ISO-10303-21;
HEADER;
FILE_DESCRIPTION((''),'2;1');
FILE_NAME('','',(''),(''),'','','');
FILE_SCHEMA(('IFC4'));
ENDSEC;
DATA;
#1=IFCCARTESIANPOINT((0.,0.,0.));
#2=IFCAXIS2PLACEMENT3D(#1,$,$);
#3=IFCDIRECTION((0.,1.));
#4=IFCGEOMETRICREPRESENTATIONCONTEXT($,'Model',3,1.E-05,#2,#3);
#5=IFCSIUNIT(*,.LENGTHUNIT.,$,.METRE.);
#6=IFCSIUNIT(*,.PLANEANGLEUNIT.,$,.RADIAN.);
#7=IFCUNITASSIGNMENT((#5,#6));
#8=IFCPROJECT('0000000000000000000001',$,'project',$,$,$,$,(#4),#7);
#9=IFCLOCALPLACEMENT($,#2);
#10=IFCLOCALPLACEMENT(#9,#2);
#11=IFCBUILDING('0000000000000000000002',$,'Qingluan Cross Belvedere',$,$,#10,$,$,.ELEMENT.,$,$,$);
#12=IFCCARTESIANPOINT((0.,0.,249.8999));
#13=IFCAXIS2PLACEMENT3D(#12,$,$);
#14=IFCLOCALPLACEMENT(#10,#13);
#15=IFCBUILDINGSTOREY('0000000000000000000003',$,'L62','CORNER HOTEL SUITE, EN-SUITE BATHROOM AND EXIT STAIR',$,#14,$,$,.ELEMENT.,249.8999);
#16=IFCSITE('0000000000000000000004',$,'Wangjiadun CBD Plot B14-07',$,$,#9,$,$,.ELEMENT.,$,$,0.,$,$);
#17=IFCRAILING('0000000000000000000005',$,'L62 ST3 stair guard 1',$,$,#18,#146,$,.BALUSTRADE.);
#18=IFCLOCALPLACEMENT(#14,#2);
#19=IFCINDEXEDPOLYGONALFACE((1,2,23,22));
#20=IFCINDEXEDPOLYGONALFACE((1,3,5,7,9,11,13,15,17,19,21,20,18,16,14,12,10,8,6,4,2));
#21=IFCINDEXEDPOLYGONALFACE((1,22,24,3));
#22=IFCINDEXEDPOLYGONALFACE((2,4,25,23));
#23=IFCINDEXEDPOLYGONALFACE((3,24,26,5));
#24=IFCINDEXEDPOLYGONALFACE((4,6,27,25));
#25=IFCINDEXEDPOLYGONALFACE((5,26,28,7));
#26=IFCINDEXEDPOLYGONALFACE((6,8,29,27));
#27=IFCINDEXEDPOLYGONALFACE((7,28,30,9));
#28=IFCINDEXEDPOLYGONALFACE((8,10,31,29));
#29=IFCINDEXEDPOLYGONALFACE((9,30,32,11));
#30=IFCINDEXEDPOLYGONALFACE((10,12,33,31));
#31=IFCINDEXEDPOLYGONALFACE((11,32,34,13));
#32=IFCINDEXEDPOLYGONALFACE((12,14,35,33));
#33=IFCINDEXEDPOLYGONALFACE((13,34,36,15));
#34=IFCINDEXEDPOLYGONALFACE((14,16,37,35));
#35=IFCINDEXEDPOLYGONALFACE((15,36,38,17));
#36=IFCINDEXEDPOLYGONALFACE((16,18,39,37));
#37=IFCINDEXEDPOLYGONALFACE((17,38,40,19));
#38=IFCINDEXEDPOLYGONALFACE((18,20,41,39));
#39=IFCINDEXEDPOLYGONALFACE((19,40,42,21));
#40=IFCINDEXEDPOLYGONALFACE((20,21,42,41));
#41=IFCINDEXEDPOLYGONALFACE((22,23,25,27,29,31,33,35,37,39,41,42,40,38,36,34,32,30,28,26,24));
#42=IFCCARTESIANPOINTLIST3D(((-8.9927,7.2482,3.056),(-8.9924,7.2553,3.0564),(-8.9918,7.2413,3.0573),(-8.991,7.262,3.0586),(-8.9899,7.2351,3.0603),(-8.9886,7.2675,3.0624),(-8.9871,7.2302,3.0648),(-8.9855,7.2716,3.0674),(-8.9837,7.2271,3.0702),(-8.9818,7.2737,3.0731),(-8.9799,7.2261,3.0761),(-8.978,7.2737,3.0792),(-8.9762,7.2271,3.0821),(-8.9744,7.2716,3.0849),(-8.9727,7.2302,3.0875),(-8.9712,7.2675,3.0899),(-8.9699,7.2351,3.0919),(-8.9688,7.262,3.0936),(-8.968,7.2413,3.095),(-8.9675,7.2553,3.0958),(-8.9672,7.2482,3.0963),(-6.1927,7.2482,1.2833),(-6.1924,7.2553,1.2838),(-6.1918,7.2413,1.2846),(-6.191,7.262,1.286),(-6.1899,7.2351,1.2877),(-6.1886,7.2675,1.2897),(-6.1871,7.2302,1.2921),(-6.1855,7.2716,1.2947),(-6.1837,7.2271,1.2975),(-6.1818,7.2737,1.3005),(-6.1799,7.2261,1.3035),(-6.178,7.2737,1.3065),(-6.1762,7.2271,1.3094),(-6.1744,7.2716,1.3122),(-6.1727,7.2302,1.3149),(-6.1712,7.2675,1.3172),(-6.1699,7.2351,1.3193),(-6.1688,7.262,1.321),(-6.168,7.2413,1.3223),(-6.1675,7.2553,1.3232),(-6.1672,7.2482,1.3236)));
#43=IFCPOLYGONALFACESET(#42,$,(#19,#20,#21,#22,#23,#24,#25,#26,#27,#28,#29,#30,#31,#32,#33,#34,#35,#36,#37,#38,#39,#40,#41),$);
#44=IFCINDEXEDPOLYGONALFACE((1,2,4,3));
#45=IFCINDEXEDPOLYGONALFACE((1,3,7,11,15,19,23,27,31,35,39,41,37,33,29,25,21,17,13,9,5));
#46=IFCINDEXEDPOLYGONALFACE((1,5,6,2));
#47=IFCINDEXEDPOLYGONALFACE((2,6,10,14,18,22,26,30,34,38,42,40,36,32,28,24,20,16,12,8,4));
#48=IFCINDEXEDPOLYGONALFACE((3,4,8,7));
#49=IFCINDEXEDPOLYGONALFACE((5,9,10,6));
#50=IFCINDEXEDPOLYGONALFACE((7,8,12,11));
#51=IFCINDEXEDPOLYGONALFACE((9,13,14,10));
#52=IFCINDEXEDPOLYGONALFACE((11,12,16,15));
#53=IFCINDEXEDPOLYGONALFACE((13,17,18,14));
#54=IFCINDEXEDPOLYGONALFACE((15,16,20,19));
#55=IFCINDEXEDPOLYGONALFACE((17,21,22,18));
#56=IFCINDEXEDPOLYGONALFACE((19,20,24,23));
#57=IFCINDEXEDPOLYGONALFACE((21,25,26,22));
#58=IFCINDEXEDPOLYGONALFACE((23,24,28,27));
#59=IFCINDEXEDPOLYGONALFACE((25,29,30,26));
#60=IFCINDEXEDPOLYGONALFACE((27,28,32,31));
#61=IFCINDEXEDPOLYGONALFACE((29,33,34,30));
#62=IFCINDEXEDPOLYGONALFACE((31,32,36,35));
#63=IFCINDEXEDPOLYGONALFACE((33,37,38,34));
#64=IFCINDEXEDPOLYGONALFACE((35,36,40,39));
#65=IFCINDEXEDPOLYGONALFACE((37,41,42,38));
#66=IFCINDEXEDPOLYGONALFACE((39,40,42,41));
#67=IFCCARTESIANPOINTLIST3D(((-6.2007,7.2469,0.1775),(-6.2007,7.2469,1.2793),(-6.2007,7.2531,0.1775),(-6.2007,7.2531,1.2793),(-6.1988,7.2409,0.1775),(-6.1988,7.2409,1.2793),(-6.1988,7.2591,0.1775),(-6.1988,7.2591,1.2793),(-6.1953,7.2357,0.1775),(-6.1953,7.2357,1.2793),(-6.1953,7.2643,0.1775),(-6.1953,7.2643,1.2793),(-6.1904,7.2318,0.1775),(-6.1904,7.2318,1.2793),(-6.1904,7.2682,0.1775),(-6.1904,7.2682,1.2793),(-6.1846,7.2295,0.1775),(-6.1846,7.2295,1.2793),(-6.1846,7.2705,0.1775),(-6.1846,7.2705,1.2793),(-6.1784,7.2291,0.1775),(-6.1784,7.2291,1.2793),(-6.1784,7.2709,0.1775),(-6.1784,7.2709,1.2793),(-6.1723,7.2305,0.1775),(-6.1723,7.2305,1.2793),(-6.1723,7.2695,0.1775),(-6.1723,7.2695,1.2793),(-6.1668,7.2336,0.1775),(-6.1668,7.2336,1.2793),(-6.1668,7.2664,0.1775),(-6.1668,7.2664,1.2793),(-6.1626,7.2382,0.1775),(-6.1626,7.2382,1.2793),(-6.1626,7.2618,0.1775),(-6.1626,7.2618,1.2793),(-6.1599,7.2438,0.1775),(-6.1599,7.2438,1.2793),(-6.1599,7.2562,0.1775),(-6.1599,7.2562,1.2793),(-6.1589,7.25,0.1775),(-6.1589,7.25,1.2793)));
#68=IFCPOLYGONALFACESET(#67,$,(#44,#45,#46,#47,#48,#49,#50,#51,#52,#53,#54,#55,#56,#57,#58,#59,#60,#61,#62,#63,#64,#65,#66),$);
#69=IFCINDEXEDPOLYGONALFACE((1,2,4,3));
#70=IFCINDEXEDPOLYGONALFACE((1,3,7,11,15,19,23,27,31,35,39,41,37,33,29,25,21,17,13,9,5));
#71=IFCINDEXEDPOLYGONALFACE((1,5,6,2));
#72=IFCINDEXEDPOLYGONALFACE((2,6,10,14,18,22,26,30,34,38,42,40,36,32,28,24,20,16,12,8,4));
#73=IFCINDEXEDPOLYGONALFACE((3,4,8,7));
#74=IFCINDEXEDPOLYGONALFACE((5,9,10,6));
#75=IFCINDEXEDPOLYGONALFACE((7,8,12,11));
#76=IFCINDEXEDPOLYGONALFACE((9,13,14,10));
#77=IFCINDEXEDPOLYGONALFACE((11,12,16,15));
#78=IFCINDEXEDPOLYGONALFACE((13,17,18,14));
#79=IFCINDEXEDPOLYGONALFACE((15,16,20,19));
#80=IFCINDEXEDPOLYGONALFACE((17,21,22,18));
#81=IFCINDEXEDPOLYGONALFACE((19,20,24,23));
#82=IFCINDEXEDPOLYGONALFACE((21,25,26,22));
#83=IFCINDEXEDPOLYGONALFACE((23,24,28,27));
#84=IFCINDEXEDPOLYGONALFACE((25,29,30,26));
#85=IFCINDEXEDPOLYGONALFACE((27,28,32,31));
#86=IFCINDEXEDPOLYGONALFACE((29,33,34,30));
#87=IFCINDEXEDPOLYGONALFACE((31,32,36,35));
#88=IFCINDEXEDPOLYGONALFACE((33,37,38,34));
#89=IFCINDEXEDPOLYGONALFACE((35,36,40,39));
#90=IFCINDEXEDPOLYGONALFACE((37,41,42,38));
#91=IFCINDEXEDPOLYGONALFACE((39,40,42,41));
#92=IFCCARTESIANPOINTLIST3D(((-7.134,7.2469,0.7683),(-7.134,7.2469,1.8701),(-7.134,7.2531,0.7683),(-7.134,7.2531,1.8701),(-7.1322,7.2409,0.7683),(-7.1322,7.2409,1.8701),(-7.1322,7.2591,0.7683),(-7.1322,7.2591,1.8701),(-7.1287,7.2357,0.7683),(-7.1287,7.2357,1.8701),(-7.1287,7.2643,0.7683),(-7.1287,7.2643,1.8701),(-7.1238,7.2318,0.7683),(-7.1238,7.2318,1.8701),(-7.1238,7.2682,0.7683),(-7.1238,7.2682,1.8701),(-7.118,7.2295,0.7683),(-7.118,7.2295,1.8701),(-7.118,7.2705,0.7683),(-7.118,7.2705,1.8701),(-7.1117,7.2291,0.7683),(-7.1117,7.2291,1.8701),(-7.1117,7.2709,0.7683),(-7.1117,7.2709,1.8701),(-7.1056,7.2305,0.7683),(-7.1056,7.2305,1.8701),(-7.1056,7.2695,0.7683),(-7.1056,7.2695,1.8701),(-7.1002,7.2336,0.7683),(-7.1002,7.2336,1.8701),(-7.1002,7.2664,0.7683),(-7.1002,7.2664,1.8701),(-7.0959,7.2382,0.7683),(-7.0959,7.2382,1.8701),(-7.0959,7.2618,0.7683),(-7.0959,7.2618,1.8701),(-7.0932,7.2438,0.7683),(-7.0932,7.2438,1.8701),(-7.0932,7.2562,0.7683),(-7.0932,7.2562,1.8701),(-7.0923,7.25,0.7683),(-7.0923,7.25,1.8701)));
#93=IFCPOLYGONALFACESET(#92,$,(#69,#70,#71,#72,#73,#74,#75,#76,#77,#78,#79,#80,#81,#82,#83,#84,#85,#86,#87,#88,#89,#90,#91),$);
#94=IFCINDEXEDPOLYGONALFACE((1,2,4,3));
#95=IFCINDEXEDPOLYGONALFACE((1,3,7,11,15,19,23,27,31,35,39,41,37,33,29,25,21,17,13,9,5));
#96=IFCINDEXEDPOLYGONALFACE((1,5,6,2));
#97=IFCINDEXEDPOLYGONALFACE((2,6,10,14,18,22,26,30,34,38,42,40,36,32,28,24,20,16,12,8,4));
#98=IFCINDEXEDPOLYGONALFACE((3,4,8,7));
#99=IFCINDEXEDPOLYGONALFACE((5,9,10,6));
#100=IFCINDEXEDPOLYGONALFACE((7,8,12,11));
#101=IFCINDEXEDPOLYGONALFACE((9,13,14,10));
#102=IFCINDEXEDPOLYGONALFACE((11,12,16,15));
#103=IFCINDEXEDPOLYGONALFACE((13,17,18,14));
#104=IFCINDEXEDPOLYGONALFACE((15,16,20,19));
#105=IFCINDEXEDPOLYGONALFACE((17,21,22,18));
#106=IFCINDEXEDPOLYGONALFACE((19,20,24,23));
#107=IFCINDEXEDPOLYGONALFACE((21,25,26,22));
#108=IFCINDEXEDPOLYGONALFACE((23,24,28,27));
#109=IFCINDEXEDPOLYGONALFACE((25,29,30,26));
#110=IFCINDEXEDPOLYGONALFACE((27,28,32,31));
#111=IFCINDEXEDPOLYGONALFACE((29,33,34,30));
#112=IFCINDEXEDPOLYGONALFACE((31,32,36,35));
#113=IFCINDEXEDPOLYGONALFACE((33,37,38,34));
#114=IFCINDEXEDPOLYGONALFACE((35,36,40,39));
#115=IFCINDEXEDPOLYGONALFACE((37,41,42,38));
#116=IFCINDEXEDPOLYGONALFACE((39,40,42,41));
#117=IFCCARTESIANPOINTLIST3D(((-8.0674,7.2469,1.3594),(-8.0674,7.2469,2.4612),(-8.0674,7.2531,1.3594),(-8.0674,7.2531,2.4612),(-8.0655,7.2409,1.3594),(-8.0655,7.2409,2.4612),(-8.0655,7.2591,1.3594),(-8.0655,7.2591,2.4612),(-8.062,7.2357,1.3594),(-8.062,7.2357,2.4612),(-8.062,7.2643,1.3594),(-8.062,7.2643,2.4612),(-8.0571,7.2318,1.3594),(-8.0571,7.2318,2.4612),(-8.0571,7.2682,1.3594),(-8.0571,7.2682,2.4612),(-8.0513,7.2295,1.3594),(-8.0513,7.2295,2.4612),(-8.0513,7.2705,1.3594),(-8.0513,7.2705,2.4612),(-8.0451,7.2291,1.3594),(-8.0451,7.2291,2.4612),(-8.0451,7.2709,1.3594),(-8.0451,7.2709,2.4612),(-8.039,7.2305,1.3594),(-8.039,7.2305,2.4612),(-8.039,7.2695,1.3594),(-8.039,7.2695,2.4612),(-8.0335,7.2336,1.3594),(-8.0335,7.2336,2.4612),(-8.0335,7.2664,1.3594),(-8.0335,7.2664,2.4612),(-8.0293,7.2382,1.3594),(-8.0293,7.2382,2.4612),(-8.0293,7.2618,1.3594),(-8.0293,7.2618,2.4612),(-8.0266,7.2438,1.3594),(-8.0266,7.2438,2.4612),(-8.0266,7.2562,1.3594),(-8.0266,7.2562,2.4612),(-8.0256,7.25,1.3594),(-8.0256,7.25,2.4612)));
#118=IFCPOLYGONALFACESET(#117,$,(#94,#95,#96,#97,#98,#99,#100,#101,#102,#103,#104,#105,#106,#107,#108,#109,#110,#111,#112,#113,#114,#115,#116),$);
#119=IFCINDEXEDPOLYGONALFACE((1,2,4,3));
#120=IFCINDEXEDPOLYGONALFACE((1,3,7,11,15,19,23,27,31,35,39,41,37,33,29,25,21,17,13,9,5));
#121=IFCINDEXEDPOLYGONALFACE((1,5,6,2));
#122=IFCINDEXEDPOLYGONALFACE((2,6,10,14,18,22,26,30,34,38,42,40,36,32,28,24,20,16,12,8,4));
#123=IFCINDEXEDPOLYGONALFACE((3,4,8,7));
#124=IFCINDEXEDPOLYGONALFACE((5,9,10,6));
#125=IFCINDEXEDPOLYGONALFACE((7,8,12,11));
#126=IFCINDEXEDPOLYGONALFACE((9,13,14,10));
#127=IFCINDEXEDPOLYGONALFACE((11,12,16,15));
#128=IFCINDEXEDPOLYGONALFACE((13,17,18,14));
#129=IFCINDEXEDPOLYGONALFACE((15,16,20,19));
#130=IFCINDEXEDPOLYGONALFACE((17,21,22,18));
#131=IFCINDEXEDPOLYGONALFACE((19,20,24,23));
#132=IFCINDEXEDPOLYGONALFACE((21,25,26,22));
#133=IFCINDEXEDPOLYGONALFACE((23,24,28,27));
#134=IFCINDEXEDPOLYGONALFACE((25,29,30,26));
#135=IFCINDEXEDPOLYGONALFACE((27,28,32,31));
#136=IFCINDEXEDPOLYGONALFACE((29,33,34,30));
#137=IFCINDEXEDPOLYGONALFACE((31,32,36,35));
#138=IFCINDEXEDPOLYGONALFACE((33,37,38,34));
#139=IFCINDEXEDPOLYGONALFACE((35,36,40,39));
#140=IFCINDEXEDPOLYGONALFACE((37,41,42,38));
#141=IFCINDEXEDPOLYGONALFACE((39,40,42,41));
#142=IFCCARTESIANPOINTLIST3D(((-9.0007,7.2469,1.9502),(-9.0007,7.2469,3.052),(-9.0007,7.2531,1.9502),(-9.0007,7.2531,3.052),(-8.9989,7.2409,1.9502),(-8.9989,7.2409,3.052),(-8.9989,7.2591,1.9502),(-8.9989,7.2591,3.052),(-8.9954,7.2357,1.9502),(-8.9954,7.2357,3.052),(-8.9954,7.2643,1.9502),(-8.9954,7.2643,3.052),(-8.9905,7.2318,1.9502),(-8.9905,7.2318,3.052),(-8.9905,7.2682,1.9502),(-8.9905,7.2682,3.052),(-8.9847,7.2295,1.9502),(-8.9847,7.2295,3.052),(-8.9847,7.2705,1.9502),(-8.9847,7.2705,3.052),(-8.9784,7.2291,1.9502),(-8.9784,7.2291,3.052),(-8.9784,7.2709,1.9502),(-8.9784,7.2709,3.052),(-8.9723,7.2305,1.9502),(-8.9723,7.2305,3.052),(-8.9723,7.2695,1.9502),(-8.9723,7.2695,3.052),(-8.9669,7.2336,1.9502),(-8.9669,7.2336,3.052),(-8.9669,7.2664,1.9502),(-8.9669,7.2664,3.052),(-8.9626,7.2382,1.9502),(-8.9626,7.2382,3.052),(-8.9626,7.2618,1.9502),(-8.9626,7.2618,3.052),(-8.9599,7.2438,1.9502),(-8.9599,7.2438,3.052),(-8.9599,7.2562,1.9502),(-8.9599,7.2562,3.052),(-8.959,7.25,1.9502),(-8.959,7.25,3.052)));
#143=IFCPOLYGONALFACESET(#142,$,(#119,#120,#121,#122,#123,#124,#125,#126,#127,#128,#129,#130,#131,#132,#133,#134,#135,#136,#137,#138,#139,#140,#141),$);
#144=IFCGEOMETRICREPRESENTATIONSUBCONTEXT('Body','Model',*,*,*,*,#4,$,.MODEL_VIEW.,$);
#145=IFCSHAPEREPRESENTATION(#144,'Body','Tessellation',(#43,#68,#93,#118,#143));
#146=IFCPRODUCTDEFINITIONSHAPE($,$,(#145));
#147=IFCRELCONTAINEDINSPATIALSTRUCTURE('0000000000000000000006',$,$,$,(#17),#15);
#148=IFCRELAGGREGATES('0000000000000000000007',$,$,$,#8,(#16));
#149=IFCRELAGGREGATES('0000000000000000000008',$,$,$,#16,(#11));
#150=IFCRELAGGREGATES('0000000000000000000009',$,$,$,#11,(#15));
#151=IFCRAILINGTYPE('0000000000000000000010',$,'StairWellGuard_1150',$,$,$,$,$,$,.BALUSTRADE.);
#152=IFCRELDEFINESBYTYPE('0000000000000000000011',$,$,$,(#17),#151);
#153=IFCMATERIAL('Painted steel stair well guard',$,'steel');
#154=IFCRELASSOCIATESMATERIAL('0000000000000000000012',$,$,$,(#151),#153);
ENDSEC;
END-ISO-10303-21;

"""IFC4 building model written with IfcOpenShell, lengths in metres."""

from ifc_helpers import new_model, si_unit, direction, frame, origin, origin_2d, place, context, subcontext, project, spatial, circle, extrude, material, type_object, element, save


model = new_model("IFC4")

# Units and contexts
model_context = context("Model", 3, precision=1e-05, world=origin(), true_north=direction((0.0, 1.0)))
body_context = subcontext(model_context, "Body", "Model", "MODEL_VIEW")
ifc_project = project(units=[si_unit("LENGTHUNIT", "METRE"), si_unit("PLANEANGLEUNIT", "RADIAN")], contexts=[model_context])

# Site, building, storey
site_placement = place(None, origin())
site = spatial("IfcSite", under=ifc_project, at=site_placement, Name="Wangjiadun CBD Plot B14-07", CompositionType="ELEMENT", RefElevation=0.0)
building_placement = place(site_placement, origin())
building = spatial("IfcBuilding", under=site, at=building_placement, Name="Qingluan Cross Belvedere", CompositionType="ELEMENT")
storey_placement = place(building_placement, frame((0.0, 0.0, 249.8999)))
storey = spatial("IfcBuildingStorey", under=building, at=storey_placement, Name="L62", Description="CORNER HOTEL SUITE, EN-SUITE BATHROOM AND EXIT STAIR", CompositionType="ELEMENT", Elevation=249.8999)

# Railing
ifc_material_1 = material(Name="Painted steel stair well guard", Category="steel")
railing_type_1 = type_object("IfcRailingType", Name="StairWellGuard_1150", PredefinedType="BALUSTRADE", material=ifc_material_1)
railing_1_placement = place(storey_placement, frame((-6.1799, 7.25, 0.1775)))
element("IfcRailing", 1, at=railing_1_placement, inside=storey, type_object=railing_type_1, Name="L62 ST3 stair guard 1", PredefinedType="BALUSTRADE", context=body_context, shape_type="SweptSolid", body=[
    extrude(circle(Radius=0.0239, at=origin_2d()), frame((0.0, 0.0, 1.126), z_axis=(-0.844909, 0.0, 0.53491), x_axis=(0.0, -1.0, 0.0)), (0.0, 0.0, 1.0), 3.314),
    extrude(circle(Radius=0.021, at=origin_2d()), origin(), (0.0, 0.0, 1.0), 1.1018),
    extrude(circle(Radius=0.021, at=origin_2d()), frame((-0.9333, 0.0, 0.5908)), (0.0, 0.0, 1.0), 1.1018),
    extrude(circle(Radius=0.021, at=origin_2d()), frame((-1.8667, 0.0, 1.1819)), (0.0, 0.0, 1.0), 1.1018),
    extrude(circle(Radius=0.021, at=origin_2d()), frame((-2.8, 0.0, 1.7727)), (0.0, 0.0, 1.0), 1.1018),
])

save(model, "model.ifc")
